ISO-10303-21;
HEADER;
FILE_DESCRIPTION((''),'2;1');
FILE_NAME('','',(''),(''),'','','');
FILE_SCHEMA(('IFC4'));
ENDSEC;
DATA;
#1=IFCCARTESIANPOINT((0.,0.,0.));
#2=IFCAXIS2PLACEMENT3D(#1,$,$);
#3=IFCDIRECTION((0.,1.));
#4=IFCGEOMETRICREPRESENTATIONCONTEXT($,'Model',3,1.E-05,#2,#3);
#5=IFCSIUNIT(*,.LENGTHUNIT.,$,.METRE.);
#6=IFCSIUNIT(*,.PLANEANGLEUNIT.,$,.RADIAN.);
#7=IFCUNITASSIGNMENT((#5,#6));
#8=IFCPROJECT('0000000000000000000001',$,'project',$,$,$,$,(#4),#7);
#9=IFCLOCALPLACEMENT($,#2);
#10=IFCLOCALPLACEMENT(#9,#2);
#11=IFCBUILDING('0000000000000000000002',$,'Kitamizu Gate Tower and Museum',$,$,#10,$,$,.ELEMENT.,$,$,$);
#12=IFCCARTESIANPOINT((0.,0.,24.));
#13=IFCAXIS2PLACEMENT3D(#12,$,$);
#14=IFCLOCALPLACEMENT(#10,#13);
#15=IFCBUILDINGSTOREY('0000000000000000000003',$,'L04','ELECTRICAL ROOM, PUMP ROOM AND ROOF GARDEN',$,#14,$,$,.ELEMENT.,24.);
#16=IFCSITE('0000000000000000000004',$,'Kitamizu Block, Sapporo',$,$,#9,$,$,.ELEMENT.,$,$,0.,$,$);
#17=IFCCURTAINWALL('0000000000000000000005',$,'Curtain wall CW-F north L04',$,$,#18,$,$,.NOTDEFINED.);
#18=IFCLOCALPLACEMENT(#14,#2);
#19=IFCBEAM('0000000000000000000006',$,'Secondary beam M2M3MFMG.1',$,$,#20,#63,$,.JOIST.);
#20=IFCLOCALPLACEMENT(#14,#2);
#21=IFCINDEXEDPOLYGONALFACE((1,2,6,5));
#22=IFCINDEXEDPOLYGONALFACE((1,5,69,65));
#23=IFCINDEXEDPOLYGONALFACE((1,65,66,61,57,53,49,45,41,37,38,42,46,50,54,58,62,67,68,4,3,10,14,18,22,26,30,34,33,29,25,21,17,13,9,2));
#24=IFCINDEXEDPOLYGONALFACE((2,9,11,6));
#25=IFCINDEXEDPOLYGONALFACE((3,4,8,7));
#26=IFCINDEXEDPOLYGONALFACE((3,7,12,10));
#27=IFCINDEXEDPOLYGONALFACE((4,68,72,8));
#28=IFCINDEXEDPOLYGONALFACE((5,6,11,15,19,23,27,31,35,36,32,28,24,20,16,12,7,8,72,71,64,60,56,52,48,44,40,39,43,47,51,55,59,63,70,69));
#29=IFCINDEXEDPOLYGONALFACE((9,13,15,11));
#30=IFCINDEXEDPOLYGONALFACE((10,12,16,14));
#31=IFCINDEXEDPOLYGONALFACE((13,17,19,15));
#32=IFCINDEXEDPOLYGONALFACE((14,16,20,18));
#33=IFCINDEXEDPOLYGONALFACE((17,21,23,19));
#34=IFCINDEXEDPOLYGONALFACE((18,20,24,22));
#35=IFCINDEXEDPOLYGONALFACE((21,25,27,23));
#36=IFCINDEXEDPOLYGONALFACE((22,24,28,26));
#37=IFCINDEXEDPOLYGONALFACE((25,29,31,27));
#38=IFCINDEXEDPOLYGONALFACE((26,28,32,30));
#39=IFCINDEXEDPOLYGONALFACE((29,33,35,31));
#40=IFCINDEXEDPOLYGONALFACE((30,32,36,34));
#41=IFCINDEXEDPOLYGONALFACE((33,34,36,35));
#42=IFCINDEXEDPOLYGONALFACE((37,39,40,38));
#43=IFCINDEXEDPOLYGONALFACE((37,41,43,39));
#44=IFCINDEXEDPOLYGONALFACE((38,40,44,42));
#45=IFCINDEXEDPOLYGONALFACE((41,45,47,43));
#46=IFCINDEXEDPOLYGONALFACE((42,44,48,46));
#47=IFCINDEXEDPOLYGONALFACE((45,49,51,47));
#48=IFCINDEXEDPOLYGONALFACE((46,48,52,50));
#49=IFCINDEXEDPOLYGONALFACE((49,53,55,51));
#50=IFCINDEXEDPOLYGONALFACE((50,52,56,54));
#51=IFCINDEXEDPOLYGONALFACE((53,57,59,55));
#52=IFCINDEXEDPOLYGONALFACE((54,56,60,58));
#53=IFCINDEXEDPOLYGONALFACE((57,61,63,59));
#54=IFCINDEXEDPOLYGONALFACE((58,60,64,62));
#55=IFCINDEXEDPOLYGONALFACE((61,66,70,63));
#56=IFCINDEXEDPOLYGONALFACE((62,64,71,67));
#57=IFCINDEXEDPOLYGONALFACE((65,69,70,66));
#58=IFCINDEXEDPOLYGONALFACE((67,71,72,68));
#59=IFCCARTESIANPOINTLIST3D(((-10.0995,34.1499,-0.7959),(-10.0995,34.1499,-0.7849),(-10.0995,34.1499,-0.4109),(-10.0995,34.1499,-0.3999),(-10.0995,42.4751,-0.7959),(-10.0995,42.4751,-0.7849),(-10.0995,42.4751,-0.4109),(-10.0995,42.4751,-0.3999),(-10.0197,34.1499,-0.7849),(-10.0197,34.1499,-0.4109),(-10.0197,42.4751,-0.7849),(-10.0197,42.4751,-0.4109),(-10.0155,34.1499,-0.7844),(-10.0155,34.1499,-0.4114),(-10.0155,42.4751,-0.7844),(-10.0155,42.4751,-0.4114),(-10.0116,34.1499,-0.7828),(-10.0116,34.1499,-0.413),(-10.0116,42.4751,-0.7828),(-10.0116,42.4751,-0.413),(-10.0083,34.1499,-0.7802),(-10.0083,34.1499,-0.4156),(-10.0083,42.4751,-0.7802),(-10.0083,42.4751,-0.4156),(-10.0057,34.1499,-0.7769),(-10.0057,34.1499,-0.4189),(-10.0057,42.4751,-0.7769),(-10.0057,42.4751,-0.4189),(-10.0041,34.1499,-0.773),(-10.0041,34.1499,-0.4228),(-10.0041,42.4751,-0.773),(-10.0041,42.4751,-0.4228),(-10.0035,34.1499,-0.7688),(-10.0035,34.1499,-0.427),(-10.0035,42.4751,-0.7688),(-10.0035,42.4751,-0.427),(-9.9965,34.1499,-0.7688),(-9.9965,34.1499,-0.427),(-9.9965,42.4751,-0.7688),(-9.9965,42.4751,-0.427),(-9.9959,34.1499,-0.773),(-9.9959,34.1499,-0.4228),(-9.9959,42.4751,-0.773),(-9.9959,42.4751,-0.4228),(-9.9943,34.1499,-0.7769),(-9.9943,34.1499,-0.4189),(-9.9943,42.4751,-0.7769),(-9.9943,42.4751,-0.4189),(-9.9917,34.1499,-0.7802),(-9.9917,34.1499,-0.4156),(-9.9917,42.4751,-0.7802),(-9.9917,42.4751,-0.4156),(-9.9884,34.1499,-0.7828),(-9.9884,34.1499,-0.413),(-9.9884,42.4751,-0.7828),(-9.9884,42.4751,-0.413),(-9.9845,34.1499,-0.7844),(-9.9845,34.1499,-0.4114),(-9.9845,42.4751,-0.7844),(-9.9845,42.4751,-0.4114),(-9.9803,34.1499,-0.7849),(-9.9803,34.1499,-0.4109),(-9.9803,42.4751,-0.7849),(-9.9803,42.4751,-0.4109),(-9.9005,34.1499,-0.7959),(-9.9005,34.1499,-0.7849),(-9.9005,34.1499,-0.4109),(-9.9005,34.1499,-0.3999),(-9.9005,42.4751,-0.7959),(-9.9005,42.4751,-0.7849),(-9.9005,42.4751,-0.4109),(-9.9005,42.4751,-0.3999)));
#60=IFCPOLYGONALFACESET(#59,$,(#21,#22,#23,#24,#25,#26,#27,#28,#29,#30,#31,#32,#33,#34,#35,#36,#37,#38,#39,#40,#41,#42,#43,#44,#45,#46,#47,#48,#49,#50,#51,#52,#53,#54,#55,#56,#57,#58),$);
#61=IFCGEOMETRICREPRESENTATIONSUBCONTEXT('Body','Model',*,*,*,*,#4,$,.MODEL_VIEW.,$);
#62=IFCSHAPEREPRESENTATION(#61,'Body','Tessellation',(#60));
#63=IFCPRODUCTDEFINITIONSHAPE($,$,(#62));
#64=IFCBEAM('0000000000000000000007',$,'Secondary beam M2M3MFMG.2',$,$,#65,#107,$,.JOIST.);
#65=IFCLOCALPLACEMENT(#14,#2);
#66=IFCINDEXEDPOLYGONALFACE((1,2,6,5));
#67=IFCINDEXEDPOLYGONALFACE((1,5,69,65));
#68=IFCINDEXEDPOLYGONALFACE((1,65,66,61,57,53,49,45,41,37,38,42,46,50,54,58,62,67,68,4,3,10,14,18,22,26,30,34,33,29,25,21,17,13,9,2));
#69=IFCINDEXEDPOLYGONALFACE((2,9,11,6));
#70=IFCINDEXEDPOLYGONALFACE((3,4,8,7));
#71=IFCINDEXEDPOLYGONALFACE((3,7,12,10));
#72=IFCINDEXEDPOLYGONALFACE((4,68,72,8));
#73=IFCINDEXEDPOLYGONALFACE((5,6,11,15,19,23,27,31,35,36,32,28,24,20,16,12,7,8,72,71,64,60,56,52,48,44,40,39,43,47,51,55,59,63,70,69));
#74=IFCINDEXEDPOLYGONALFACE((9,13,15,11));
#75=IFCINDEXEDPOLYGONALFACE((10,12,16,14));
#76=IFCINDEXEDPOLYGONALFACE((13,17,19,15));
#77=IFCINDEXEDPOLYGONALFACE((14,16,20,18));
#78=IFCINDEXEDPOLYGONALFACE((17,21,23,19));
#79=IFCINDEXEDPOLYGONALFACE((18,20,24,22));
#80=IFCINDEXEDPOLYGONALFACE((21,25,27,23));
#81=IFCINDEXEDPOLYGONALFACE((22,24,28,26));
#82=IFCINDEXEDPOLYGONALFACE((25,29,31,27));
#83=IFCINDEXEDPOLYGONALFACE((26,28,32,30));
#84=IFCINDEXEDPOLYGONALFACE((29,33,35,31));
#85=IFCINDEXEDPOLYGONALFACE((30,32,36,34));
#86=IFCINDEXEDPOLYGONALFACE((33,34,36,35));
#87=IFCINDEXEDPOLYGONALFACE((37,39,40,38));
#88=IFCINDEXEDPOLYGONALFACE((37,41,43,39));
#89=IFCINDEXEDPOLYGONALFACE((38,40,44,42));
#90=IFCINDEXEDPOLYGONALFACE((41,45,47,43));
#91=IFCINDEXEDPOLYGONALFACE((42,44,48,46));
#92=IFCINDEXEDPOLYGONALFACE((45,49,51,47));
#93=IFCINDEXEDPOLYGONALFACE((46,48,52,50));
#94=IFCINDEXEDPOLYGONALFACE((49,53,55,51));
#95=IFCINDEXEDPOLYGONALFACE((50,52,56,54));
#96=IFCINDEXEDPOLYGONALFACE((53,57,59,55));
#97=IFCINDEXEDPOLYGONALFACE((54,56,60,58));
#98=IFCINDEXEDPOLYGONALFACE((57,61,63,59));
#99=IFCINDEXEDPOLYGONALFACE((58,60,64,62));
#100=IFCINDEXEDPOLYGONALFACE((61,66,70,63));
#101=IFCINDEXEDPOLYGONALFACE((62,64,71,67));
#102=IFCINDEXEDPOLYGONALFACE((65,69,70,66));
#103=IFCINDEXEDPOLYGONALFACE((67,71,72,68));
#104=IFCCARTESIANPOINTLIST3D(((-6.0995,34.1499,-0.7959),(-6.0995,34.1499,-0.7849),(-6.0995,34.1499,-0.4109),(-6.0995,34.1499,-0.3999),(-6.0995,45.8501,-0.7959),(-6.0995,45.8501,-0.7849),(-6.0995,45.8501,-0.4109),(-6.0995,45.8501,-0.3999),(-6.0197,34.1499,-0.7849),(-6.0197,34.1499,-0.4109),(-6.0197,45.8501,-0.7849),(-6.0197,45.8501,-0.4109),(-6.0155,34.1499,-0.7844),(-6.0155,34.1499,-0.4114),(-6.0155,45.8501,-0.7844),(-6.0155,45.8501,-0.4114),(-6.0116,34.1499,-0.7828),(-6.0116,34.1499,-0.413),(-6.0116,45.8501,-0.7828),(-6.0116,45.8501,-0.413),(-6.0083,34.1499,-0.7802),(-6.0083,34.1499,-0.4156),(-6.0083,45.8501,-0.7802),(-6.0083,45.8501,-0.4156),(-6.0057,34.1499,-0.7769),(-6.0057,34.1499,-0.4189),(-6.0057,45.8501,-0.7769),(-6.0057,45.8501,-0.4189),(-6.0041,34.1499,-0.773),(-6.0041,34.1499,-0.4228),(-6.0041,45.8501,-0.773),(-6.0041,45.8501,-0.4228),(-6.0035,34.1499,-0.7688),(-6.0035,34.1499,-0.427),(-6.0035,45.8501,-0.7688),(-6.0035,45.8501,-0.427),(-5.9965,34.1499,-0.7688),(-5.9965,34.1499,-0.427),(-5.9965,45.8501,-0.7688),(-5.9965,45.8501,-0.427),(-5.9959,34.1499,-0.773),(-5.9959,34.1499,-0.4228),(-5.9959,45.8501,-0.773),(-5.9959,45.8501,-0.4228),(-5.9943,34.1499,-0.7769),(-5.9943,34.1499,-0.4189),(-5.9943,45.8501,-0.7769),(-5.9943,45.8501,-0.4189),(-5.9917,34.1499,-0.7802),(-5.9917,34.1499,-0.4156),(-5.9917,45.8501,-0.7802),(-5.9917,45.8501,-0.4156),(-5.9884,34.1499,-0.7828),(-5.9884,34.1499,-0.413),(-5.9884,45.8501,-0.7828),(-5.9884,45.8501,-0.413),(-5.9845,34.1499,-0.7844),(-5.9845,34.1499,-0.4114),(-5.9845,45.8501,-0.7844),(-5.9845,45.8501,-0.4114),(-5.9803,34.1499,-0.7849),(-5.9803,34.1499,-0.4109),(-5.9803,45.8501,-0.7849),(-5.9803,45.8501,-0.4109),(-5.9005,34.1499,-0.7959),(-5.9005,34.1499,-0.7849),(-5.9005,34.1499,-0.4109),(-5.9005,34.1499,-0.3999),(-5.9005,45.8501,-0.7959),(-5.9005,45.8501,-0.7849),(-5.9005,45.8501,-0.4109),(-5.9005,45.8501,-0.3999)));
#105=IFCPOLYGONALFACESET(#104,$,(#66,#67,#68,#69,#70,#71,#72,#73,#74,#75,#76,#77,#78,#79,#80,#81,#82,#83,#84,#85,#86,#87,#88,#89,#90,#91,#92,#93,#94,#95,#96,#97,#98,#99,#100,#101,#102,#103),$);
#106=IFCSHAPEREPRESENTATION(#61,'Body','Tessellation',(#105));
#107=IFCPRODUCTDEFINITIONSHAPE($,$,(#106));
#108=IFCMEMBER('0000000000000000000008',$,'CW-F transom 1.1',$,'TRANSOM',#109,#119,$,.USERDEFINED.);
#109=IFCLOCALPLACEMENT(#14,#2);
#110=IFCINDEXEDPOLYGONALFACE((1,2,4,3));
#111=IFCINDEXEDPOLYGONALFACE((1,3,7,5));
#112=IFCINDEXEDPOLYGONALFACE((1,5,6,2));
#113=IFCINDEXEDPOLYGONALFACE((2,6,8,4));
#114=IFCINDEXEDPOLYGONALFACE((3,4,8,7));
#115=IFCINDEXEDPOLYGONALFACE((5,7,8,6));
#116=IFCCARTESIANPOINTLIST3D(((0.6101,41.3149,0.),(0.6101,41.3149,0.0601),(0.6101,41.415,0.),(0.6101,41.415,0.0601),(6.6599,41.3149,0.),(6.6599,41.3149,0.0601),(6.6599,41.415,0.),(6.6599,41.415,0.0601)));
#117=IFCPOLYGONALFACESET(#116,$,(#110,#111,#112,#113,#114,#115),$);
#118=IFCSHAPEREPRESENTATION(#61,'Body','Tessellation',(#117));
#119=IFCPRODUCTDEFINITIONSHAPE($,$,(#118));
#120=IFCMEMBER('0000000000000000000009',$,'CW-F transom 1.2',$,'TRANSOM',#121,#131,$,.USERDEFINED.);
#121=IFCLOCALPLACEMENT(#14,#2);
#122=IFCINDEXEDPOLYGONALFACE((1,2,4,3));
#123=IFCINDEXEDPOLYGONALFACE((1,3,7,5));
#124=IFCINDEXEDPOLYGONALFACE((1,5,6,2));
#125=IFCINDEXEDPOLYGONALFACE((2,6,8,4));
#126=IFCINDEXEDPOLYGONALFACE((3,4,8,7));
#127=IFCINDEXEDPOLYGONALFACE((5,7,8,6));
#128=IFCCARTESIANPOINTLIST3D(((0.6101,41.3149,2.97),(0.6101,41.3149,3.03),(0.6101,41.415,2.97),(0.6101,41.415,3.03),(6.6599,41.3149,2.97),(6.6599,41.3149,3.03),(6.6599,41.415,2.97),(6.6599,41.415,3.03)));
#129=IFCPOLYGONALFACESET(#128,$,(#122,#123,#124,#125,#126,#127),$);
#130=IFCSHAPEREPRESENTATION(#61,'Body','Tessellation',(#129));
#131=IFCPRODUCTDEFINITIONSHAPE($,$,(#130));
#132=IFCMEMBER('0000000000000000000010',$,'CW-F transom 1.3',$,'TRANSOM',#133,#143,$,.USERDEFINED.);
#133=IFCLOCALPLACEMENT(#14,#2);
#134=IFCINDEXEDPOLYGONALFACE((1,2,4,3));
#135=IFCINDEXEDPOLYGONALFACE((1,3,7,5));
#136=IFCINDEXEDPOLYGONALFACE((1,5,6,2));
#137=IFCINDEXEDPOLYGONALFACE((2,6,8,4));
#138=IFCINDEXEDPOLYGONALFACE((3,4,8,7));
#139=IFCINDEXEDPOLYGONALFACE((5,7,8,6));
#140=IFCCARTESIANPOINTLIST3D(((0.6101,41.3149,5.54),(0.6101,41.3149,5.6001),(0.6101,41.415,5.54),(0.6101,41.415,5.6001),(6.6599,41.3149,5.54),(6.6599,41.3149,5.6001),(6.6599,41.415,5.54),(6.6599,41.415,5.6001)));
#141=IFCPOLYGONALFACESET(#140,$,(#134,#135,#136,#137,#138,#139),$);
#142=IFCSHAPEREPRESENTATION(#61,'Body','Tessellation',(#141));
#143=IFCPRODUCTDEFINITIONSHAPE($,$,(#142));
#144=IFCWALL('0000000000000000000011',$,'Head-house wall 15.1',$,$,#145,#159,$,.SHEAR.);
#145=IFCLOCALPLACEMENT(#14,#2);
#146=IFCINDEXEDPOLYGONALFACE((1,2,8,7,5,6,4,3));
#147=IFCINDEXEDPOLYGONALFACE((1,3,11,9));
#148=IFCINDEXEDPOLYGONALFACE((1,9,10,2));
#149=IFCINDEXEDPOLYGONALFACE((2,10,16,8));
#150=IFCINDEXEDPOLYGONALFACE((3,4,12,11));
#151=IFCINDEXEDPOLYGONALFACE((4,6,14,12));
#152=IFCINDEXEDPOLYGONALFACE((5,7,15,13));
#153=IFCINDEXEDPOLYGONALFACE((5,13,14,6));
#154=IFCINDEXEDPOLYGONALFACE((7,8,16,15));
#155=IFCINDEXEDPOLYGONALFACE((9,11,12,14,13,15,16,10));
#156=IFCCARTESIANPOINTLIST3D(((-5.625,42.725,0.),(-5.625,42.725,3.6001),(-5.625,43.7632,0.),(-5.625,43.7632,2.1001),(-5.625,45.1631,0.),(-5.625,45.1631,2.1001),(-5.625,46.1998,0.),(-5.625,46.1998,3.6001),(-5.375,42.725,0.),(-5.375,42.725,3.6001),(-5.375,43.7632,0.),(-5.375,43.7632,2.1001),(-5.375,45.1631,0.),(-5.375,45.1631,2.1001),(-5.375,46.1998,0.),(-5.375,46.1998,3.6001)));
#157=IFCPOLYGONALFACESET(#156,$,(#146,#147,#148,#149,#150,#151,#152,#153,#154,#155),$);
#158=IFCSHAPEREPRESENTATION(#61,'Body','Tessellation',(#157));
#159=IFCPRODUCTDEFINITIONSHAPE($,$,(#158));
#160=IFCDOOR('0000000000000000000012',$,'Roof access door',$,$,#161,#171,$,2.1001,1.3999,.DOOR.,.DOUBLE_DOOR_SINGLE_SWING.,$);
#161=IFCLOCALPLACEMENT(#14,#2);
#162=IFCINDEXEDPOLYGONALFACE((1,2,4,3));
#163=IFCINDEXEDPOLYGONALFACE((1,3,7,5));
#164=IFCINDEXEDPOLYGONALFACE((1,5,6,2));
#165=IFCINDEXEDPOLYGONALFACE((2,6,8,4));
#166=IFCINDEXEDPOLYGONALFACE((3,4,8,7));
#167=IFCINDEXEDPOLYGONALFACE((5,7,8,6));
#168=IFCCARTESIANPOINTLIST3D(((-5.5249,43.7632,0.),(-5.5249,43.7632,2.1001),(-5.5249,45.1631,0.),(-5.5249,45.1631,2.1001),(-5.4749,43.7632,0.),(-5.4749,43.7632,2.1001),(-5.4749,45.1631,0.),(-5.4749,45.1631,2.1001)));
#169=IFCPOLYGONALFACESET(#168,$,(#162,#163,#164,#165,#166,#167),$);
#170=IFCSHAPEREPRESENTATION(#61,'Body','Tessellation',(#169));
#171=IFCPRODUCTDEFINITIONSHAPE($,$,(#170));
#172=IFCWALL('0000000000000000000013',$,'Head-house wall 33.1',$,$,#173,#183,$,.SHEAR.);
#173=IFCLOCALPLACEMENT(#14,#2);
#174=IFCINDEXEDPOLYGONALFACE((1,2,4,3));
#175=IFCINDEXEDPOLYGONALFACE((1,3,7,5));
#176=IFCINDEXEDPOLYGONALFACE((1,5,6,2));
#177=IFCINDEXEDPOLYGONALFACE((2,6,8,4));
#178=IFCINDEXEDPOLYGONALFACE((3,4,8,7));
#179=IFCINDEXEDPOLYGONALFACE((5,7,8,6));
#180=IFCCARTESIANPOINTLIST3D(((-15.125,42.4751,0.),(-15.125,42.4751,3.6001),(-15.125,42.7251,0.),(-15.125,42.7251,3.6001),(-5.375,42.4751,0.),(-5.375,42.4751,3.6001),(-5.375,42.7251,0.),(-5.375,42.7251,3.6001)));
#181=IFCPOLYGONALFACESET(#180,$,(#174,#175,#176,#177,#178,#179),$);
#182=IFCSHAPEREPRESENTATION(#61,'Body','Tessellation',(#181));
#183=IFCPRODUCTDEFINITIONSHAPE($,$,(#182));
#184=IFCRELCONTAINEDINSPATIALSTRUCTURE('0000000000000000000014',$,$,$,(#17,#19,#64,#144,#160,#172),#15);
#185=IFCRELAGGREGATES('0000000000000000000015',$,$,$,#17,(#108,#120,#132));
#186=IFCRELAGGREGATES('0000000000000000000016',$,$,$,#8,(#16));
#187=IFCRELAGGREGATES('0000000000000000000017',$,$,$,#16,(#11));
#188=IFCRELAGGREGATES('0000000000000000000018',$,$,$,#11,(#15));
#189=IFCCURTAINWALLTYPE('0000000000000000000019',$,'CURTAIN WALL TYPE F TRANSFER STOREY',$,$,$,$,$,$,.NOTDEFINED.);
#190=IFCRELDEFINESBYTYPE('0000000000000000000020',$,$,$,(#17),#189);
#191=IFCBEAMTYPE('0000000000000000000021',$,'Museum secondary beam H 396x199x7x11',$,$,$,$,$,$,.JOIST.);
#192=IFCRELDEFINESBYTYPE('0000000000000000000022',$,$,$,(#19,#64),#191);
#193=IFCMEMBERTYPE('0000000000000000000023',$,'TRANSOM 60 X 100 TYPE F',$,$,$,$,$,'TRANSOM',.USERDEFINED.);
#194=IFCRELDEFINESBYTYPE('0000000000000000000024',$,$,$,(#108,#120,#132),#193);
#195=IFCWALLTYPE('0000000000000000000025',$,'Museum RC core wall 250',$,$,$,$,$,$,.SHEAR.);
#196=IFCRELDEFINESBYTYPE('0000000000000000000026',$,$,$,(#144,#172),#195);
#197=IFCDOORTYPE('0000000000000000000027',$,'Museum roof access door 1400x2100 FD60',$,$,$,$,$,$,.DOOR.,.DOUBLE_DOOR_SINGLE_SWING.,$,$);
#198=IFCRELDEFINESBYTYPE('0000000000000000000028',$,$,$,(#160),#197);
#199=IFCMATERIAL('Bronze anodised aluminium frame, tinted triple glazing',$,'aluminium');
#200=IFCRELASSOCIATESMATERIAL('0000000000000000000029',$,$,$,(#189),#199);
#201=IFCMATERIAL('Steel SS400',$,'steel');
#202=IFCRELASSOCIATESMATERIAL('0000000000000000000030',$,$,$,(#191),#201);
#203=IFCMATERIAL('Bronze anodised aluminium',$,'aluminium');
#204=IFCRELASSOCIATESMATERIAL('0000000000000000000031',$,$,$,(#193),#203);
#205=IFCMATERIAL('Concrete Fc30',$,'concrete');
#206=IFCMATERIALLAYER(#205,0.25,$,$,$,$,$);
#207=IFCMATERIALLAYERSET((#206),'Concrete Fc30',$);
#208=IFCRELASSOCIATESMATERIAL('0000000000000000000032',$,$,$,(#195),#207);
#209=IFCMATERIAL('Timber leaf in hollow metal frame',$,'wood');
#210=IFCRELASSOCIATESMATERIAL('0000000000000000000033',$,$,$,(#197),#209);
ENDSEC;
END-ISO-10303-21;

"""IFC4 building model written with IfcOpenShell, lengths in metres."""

from ifc_helpers import new_model, si_unit, direction, frame, frame_2d, origin, origin_2d, place, context, subcontext, project, spatial, rectangle, i_section, extrude, material, layer, layer_set, material_profile, profile_set, type_object, element, fill, aggregate, save


model = new_model("IFC4")

# Units and contexts
model_context = context("Model", 3, precision=1e-05, world=origin(), true_north=direction((0.0, 1.0)))
body_context = subcontext(model_context, "Body", "Model", "MODEL_VIEW")
ifc_project = project(units=[si_unit("LENGTHUNIT", "METRE"), si_unit("PLANEANGLEUNIT", "RADIAN")], contexts=[model_context])

# Site, building, storey
site_placement = place(None, origin())
site = spatial("IfcSite", under=ifc_project, at=site_placement, Name="Kitamizu Block, Sapporo", CompositionType="ELEMENT", RefElevation=0.0)
building_placement = place(site_placement, origin())
building = spatial("IfcBuilding", under=site, at=building_placement, Name="Kitamizu Gate Tower and Museum", CompositionType="ELEMENT")
storey_placement = place(building_placement, frame((0.0, 0.0, 24.0)))
storey = spatial("IfcBuildingStorey", under=building, at=storey_placement, Name="L04", Description="ELECTRICAL ROOM, PUMP ROOM AND ROOF GARDEN", CompositionType="ELEMENT", Elevation=24.0)

# Curtain wall
ifc_material_1 = material(Name="Bronze anodised aluminium frame, tinted triple glazing", Category="aluminium")
curtain_wall_type = type_object("IfcCurtainWallType", Name="CURTAIN WALL TYPE F TRANSFER STOREY", PredefinedType="NOTDEFINED", material=ifc_material_1)
curtain_wall_placement = place(storey_placement, origin())
curtain_wall = element("IfcCurtainWall", 1, at=curtain_wall_placement, inside=storey, type_object=curtain_wall_type, Name="Curtain wall CW-F north L04", PredefinedType="NOTDEFINED")

# Beams
ifc_material_2 = material(Name="Steel SS400", Category="steel")
ifc_material_profile_1 = material_profile(ifc_material_2, i_section(OverallWidth=0.199, OverallDepth=0.396, WebThickness=0.0071, FlangeThickness=0.011, FilletRadius=0.0161, at=origin_2d()), Name="H-396x199x7x11")
ifc_profile_set_1 = profile_set([ifc_material_profile_1], Name="Steel SS400")
beam_type_1 = type_object("IfcBeamType", Name="Museum secondary beam H 396x199x7x11", PredefinedType="JOIST", material=ifc_profile_set_1)
beam_1_placement = place(storey_placement, frame((-10.0, 34.1499, -0.5979), z_axis=(0.0, 1.0, 0.0), x_axis=(-1.0, 0.0, 0.0)))
element("IfcBeam", 2, at=beam_1_placement, inside=storey, type_object=beam_type_1, Name="Secondary beam M2M3MFMG.1", PredefinedType="JOIST", context=body_context, shape_type="SweptSolid", body=[
    extrude(i_section(OverallWidth=0.199, OverallDepth=0.396, WebThickness=0.0071, FlangeThickness=0.011, FilletRadius=0.0161, at=origin_2d()), origin(), (0.0, 0.0, 1.0), 8.3252),
])
beam_2_placement = place(storey_placement, frame((-6.0, 34.1499, -0.5979), z_axis=(0.0, 1.0, 0.0), x_axis=(-1.0, 0.0, 0.0)))
element("IfcBeam", 3, at=beam_2_placement, inside=storey, type_object=beam_type_1, Name="Secondary beam M2M3MFMG.2", PredefinedType="JOIST", context=body_context, shape_type="SweptSolid", body=[
    extrude(i_section(OverallWidth=0.199, OverallDepth=0.396, WebThickness=0.0071, FlangeThickness=0.011, FilletRadius=0.0161, at=origin_2d()), origin(), (0.0, 0.0, 1.0), 11.7002),
])

# Members
ifc_material_3 = material(Name="Bronze anodised aluminium", Category="aluminium")
ifc_material_profile_2 = material_profile(ifc_material_3, rectangle(XDim=0.1001, YDim=0.0601, at=origin_2d()), Name="AL 60X100")
ifc_profile_set_2 = profile_set([ifc_material_profile_2], Name="Bronze anodised aluminium")
member_type_1 = type_object("IfcMemberType", Name="TRANSOM 60 X 100 TYPE F", ElementType="TRANSOM", PredefinedType="USERDEFINED", material=ifc_profile_set_2)
member_1_placement = place(storey_placement, frame((0.6101, 41.365, 0.03), z_axis=(1.0, 0.0, 0.0), x_axis=(0.0, 1.0, 0.0)))
member_1 = element("IfcMember", 4, at=member_1_placement, type_object=member_type_1, Name="CW-F transom 1.1", ObjectType="TRANSOM", PredefinedType="USERDEFINED", context=body_context, shape_type="SweptSolid", body=[
    extrude(rectangle(XDim=0.1001, YDim=0.0601, at=origin_2d()), origin(), (0.0, 0.0, 1.0), 6.0498),
])
member_2_placement = place(storey_placement, frame((0.6101, 41.365, 3.0), z_axis=(1.0, 0.0, 0.0), x_axis=(0.0, 1.0, 0.0)))
member_2 = element("IfcMember", 5, at=member_2_placement, type_object=member_type_1, Name="CW-F transom 1.2", ObjectType="TRANSOM", PredefinedType="USERDEFINED", context=body_context, shape_type="SweptSolid", body=[
    extrude(rectangle(XDim=0.1001, YDim=0.0601, at=origin_2d()), origin(), (0.0, 0.0, 1.0), 6.0498),
])
member_3_placement = place(storey_placement, frame((0.6101, 41.365, 5.5701), z_axis=(1.0, 0.0, 0.0), x_axis=(0.0, 1.0, 0.0)))
member_3 = element("IfcMember", 6, at=member_3_placement, type_object=member_type_1, Name="CW-F transom 1.3", ObjectType="TRANSOM", PredefinedType="USERDEFINED", context=body_context, shape_type="SweptSolid", body=[
    extrude(rectangle(XDim=0.1001, YDim=0.0601, at=origin_2d()), origin(), (0.0, 0.0, 1.0), 6.0498),
])
aggregate(curtain_wall, [member_1, member_2, member_3])

# Wall, opening, door
ifc_material_4 = material(Name="Concrete Fc30", Category="concrete")
ifc_layer_1 = layer(ifc_material_4, 0.25)
ifc_layer_set_1 = layer_set([ifc_layer_1], Name="Concrete Fc30")
wall_type_1 = type_object("IfcWallType", Name="Museum RC core wall 250", PredefinedType="SHEAR", material=ifc_layer_set_1)
wall_1_placement = place(storey_placement, frame((-5.5, 42.7251, 0.0), z_axis=(0.0, 0.0, 1.0), x_axis=(0.0, 1.0, 0.0)))
wall_1 = element("IfcWall", 7, at=wall_1_placement, inside=storey, type_object=wall_type_1, Name="Head-house wall 15.1", PredefinedType="SHEAR", context=body_context, shape_type="SweptSolid", body=[
    extrude(rectangle(XDim=3.4749, YDim=0.25, at=frame_2d((1.7373, 0.0))), origin(), (0.0, 0.0, 1.0), 3.6001),
])
opening_placement = place(wall_1_placement, frame((1.0381, 0.0, 0.0)))
opening = element("IfcOpeningElement", 8, at=opening_placement, cuts=wall_1, PredefinedType="OPENING", context=body_context, shape_type="SweptSolid", body=[
    extrude(rectangle(XDim=1.3999, YDim=2.1001, at=frame_2d((0.7, 1.05))), frame((0.0, 0.135, 0.0), z_axis=(0.0, -1.0, 0.0), x_axis=(1.0, 0.0, 0.0)), (0.0, 0.0, 1.0), 0.27),
])
ifc_material_5 = material(Name="Timber leaf in hollow metal frame", Category="wood")
door_type = type_object("IfcDoorType", Name="Museum roof access door 1400x2100 FD60", OperationType="DOUBLE_DOOR_SINGLE_SWING", PredefinedType="DOOR", material=ifc_material_5)
door_placement = place(opening_placement, origin())
door = element("IfcDoor", 9, at=door_placement, inside=storey, type_object=door_type, Name="Roof access door", OperationType="DOUBLE_DOOR_SINGLE_SWING", OverallHeight=2.1001, OverallWidth=1.3999, PredefinedType="DOOR", context=body_context, shape_type="SweptSolid", body=[
    extrude(rectangle(XDim=1.3999, YDim=2.1001, at=frame_2d((0.7, 1.05))), frame((0.0, 0.0249, 0.0), z_axis=(0.0, -1.0, 0.0), x_axis=(1.0, 0.0, 0.0)), (0.0, 0.0, 1.0), 0.05),
])
fill(opening, door)

# Wall
wall_2_placement = place(storey_placement, frame((-15.125, 42.6001, 0.0), z_axis=(0.0, 0.0, 1.0), x_axis=(1.0, 0.0, 0.0)))
element("IfcWall", 10, at=wall_2_placement, inside=storey, type_object=wall_type_1, Name="Head-house wall 33.1", PredefinedType="SHEAR", context=body_context, shape_type="SweptSolid", body=[
    extrude(rectangle(XDim=9.75, YDim=0.25, at=frame_2d((4.875, 0.0))), origin(), (0.0, 0.0, 1.0), 3.6001),
])

save(model, "model.ifc")
